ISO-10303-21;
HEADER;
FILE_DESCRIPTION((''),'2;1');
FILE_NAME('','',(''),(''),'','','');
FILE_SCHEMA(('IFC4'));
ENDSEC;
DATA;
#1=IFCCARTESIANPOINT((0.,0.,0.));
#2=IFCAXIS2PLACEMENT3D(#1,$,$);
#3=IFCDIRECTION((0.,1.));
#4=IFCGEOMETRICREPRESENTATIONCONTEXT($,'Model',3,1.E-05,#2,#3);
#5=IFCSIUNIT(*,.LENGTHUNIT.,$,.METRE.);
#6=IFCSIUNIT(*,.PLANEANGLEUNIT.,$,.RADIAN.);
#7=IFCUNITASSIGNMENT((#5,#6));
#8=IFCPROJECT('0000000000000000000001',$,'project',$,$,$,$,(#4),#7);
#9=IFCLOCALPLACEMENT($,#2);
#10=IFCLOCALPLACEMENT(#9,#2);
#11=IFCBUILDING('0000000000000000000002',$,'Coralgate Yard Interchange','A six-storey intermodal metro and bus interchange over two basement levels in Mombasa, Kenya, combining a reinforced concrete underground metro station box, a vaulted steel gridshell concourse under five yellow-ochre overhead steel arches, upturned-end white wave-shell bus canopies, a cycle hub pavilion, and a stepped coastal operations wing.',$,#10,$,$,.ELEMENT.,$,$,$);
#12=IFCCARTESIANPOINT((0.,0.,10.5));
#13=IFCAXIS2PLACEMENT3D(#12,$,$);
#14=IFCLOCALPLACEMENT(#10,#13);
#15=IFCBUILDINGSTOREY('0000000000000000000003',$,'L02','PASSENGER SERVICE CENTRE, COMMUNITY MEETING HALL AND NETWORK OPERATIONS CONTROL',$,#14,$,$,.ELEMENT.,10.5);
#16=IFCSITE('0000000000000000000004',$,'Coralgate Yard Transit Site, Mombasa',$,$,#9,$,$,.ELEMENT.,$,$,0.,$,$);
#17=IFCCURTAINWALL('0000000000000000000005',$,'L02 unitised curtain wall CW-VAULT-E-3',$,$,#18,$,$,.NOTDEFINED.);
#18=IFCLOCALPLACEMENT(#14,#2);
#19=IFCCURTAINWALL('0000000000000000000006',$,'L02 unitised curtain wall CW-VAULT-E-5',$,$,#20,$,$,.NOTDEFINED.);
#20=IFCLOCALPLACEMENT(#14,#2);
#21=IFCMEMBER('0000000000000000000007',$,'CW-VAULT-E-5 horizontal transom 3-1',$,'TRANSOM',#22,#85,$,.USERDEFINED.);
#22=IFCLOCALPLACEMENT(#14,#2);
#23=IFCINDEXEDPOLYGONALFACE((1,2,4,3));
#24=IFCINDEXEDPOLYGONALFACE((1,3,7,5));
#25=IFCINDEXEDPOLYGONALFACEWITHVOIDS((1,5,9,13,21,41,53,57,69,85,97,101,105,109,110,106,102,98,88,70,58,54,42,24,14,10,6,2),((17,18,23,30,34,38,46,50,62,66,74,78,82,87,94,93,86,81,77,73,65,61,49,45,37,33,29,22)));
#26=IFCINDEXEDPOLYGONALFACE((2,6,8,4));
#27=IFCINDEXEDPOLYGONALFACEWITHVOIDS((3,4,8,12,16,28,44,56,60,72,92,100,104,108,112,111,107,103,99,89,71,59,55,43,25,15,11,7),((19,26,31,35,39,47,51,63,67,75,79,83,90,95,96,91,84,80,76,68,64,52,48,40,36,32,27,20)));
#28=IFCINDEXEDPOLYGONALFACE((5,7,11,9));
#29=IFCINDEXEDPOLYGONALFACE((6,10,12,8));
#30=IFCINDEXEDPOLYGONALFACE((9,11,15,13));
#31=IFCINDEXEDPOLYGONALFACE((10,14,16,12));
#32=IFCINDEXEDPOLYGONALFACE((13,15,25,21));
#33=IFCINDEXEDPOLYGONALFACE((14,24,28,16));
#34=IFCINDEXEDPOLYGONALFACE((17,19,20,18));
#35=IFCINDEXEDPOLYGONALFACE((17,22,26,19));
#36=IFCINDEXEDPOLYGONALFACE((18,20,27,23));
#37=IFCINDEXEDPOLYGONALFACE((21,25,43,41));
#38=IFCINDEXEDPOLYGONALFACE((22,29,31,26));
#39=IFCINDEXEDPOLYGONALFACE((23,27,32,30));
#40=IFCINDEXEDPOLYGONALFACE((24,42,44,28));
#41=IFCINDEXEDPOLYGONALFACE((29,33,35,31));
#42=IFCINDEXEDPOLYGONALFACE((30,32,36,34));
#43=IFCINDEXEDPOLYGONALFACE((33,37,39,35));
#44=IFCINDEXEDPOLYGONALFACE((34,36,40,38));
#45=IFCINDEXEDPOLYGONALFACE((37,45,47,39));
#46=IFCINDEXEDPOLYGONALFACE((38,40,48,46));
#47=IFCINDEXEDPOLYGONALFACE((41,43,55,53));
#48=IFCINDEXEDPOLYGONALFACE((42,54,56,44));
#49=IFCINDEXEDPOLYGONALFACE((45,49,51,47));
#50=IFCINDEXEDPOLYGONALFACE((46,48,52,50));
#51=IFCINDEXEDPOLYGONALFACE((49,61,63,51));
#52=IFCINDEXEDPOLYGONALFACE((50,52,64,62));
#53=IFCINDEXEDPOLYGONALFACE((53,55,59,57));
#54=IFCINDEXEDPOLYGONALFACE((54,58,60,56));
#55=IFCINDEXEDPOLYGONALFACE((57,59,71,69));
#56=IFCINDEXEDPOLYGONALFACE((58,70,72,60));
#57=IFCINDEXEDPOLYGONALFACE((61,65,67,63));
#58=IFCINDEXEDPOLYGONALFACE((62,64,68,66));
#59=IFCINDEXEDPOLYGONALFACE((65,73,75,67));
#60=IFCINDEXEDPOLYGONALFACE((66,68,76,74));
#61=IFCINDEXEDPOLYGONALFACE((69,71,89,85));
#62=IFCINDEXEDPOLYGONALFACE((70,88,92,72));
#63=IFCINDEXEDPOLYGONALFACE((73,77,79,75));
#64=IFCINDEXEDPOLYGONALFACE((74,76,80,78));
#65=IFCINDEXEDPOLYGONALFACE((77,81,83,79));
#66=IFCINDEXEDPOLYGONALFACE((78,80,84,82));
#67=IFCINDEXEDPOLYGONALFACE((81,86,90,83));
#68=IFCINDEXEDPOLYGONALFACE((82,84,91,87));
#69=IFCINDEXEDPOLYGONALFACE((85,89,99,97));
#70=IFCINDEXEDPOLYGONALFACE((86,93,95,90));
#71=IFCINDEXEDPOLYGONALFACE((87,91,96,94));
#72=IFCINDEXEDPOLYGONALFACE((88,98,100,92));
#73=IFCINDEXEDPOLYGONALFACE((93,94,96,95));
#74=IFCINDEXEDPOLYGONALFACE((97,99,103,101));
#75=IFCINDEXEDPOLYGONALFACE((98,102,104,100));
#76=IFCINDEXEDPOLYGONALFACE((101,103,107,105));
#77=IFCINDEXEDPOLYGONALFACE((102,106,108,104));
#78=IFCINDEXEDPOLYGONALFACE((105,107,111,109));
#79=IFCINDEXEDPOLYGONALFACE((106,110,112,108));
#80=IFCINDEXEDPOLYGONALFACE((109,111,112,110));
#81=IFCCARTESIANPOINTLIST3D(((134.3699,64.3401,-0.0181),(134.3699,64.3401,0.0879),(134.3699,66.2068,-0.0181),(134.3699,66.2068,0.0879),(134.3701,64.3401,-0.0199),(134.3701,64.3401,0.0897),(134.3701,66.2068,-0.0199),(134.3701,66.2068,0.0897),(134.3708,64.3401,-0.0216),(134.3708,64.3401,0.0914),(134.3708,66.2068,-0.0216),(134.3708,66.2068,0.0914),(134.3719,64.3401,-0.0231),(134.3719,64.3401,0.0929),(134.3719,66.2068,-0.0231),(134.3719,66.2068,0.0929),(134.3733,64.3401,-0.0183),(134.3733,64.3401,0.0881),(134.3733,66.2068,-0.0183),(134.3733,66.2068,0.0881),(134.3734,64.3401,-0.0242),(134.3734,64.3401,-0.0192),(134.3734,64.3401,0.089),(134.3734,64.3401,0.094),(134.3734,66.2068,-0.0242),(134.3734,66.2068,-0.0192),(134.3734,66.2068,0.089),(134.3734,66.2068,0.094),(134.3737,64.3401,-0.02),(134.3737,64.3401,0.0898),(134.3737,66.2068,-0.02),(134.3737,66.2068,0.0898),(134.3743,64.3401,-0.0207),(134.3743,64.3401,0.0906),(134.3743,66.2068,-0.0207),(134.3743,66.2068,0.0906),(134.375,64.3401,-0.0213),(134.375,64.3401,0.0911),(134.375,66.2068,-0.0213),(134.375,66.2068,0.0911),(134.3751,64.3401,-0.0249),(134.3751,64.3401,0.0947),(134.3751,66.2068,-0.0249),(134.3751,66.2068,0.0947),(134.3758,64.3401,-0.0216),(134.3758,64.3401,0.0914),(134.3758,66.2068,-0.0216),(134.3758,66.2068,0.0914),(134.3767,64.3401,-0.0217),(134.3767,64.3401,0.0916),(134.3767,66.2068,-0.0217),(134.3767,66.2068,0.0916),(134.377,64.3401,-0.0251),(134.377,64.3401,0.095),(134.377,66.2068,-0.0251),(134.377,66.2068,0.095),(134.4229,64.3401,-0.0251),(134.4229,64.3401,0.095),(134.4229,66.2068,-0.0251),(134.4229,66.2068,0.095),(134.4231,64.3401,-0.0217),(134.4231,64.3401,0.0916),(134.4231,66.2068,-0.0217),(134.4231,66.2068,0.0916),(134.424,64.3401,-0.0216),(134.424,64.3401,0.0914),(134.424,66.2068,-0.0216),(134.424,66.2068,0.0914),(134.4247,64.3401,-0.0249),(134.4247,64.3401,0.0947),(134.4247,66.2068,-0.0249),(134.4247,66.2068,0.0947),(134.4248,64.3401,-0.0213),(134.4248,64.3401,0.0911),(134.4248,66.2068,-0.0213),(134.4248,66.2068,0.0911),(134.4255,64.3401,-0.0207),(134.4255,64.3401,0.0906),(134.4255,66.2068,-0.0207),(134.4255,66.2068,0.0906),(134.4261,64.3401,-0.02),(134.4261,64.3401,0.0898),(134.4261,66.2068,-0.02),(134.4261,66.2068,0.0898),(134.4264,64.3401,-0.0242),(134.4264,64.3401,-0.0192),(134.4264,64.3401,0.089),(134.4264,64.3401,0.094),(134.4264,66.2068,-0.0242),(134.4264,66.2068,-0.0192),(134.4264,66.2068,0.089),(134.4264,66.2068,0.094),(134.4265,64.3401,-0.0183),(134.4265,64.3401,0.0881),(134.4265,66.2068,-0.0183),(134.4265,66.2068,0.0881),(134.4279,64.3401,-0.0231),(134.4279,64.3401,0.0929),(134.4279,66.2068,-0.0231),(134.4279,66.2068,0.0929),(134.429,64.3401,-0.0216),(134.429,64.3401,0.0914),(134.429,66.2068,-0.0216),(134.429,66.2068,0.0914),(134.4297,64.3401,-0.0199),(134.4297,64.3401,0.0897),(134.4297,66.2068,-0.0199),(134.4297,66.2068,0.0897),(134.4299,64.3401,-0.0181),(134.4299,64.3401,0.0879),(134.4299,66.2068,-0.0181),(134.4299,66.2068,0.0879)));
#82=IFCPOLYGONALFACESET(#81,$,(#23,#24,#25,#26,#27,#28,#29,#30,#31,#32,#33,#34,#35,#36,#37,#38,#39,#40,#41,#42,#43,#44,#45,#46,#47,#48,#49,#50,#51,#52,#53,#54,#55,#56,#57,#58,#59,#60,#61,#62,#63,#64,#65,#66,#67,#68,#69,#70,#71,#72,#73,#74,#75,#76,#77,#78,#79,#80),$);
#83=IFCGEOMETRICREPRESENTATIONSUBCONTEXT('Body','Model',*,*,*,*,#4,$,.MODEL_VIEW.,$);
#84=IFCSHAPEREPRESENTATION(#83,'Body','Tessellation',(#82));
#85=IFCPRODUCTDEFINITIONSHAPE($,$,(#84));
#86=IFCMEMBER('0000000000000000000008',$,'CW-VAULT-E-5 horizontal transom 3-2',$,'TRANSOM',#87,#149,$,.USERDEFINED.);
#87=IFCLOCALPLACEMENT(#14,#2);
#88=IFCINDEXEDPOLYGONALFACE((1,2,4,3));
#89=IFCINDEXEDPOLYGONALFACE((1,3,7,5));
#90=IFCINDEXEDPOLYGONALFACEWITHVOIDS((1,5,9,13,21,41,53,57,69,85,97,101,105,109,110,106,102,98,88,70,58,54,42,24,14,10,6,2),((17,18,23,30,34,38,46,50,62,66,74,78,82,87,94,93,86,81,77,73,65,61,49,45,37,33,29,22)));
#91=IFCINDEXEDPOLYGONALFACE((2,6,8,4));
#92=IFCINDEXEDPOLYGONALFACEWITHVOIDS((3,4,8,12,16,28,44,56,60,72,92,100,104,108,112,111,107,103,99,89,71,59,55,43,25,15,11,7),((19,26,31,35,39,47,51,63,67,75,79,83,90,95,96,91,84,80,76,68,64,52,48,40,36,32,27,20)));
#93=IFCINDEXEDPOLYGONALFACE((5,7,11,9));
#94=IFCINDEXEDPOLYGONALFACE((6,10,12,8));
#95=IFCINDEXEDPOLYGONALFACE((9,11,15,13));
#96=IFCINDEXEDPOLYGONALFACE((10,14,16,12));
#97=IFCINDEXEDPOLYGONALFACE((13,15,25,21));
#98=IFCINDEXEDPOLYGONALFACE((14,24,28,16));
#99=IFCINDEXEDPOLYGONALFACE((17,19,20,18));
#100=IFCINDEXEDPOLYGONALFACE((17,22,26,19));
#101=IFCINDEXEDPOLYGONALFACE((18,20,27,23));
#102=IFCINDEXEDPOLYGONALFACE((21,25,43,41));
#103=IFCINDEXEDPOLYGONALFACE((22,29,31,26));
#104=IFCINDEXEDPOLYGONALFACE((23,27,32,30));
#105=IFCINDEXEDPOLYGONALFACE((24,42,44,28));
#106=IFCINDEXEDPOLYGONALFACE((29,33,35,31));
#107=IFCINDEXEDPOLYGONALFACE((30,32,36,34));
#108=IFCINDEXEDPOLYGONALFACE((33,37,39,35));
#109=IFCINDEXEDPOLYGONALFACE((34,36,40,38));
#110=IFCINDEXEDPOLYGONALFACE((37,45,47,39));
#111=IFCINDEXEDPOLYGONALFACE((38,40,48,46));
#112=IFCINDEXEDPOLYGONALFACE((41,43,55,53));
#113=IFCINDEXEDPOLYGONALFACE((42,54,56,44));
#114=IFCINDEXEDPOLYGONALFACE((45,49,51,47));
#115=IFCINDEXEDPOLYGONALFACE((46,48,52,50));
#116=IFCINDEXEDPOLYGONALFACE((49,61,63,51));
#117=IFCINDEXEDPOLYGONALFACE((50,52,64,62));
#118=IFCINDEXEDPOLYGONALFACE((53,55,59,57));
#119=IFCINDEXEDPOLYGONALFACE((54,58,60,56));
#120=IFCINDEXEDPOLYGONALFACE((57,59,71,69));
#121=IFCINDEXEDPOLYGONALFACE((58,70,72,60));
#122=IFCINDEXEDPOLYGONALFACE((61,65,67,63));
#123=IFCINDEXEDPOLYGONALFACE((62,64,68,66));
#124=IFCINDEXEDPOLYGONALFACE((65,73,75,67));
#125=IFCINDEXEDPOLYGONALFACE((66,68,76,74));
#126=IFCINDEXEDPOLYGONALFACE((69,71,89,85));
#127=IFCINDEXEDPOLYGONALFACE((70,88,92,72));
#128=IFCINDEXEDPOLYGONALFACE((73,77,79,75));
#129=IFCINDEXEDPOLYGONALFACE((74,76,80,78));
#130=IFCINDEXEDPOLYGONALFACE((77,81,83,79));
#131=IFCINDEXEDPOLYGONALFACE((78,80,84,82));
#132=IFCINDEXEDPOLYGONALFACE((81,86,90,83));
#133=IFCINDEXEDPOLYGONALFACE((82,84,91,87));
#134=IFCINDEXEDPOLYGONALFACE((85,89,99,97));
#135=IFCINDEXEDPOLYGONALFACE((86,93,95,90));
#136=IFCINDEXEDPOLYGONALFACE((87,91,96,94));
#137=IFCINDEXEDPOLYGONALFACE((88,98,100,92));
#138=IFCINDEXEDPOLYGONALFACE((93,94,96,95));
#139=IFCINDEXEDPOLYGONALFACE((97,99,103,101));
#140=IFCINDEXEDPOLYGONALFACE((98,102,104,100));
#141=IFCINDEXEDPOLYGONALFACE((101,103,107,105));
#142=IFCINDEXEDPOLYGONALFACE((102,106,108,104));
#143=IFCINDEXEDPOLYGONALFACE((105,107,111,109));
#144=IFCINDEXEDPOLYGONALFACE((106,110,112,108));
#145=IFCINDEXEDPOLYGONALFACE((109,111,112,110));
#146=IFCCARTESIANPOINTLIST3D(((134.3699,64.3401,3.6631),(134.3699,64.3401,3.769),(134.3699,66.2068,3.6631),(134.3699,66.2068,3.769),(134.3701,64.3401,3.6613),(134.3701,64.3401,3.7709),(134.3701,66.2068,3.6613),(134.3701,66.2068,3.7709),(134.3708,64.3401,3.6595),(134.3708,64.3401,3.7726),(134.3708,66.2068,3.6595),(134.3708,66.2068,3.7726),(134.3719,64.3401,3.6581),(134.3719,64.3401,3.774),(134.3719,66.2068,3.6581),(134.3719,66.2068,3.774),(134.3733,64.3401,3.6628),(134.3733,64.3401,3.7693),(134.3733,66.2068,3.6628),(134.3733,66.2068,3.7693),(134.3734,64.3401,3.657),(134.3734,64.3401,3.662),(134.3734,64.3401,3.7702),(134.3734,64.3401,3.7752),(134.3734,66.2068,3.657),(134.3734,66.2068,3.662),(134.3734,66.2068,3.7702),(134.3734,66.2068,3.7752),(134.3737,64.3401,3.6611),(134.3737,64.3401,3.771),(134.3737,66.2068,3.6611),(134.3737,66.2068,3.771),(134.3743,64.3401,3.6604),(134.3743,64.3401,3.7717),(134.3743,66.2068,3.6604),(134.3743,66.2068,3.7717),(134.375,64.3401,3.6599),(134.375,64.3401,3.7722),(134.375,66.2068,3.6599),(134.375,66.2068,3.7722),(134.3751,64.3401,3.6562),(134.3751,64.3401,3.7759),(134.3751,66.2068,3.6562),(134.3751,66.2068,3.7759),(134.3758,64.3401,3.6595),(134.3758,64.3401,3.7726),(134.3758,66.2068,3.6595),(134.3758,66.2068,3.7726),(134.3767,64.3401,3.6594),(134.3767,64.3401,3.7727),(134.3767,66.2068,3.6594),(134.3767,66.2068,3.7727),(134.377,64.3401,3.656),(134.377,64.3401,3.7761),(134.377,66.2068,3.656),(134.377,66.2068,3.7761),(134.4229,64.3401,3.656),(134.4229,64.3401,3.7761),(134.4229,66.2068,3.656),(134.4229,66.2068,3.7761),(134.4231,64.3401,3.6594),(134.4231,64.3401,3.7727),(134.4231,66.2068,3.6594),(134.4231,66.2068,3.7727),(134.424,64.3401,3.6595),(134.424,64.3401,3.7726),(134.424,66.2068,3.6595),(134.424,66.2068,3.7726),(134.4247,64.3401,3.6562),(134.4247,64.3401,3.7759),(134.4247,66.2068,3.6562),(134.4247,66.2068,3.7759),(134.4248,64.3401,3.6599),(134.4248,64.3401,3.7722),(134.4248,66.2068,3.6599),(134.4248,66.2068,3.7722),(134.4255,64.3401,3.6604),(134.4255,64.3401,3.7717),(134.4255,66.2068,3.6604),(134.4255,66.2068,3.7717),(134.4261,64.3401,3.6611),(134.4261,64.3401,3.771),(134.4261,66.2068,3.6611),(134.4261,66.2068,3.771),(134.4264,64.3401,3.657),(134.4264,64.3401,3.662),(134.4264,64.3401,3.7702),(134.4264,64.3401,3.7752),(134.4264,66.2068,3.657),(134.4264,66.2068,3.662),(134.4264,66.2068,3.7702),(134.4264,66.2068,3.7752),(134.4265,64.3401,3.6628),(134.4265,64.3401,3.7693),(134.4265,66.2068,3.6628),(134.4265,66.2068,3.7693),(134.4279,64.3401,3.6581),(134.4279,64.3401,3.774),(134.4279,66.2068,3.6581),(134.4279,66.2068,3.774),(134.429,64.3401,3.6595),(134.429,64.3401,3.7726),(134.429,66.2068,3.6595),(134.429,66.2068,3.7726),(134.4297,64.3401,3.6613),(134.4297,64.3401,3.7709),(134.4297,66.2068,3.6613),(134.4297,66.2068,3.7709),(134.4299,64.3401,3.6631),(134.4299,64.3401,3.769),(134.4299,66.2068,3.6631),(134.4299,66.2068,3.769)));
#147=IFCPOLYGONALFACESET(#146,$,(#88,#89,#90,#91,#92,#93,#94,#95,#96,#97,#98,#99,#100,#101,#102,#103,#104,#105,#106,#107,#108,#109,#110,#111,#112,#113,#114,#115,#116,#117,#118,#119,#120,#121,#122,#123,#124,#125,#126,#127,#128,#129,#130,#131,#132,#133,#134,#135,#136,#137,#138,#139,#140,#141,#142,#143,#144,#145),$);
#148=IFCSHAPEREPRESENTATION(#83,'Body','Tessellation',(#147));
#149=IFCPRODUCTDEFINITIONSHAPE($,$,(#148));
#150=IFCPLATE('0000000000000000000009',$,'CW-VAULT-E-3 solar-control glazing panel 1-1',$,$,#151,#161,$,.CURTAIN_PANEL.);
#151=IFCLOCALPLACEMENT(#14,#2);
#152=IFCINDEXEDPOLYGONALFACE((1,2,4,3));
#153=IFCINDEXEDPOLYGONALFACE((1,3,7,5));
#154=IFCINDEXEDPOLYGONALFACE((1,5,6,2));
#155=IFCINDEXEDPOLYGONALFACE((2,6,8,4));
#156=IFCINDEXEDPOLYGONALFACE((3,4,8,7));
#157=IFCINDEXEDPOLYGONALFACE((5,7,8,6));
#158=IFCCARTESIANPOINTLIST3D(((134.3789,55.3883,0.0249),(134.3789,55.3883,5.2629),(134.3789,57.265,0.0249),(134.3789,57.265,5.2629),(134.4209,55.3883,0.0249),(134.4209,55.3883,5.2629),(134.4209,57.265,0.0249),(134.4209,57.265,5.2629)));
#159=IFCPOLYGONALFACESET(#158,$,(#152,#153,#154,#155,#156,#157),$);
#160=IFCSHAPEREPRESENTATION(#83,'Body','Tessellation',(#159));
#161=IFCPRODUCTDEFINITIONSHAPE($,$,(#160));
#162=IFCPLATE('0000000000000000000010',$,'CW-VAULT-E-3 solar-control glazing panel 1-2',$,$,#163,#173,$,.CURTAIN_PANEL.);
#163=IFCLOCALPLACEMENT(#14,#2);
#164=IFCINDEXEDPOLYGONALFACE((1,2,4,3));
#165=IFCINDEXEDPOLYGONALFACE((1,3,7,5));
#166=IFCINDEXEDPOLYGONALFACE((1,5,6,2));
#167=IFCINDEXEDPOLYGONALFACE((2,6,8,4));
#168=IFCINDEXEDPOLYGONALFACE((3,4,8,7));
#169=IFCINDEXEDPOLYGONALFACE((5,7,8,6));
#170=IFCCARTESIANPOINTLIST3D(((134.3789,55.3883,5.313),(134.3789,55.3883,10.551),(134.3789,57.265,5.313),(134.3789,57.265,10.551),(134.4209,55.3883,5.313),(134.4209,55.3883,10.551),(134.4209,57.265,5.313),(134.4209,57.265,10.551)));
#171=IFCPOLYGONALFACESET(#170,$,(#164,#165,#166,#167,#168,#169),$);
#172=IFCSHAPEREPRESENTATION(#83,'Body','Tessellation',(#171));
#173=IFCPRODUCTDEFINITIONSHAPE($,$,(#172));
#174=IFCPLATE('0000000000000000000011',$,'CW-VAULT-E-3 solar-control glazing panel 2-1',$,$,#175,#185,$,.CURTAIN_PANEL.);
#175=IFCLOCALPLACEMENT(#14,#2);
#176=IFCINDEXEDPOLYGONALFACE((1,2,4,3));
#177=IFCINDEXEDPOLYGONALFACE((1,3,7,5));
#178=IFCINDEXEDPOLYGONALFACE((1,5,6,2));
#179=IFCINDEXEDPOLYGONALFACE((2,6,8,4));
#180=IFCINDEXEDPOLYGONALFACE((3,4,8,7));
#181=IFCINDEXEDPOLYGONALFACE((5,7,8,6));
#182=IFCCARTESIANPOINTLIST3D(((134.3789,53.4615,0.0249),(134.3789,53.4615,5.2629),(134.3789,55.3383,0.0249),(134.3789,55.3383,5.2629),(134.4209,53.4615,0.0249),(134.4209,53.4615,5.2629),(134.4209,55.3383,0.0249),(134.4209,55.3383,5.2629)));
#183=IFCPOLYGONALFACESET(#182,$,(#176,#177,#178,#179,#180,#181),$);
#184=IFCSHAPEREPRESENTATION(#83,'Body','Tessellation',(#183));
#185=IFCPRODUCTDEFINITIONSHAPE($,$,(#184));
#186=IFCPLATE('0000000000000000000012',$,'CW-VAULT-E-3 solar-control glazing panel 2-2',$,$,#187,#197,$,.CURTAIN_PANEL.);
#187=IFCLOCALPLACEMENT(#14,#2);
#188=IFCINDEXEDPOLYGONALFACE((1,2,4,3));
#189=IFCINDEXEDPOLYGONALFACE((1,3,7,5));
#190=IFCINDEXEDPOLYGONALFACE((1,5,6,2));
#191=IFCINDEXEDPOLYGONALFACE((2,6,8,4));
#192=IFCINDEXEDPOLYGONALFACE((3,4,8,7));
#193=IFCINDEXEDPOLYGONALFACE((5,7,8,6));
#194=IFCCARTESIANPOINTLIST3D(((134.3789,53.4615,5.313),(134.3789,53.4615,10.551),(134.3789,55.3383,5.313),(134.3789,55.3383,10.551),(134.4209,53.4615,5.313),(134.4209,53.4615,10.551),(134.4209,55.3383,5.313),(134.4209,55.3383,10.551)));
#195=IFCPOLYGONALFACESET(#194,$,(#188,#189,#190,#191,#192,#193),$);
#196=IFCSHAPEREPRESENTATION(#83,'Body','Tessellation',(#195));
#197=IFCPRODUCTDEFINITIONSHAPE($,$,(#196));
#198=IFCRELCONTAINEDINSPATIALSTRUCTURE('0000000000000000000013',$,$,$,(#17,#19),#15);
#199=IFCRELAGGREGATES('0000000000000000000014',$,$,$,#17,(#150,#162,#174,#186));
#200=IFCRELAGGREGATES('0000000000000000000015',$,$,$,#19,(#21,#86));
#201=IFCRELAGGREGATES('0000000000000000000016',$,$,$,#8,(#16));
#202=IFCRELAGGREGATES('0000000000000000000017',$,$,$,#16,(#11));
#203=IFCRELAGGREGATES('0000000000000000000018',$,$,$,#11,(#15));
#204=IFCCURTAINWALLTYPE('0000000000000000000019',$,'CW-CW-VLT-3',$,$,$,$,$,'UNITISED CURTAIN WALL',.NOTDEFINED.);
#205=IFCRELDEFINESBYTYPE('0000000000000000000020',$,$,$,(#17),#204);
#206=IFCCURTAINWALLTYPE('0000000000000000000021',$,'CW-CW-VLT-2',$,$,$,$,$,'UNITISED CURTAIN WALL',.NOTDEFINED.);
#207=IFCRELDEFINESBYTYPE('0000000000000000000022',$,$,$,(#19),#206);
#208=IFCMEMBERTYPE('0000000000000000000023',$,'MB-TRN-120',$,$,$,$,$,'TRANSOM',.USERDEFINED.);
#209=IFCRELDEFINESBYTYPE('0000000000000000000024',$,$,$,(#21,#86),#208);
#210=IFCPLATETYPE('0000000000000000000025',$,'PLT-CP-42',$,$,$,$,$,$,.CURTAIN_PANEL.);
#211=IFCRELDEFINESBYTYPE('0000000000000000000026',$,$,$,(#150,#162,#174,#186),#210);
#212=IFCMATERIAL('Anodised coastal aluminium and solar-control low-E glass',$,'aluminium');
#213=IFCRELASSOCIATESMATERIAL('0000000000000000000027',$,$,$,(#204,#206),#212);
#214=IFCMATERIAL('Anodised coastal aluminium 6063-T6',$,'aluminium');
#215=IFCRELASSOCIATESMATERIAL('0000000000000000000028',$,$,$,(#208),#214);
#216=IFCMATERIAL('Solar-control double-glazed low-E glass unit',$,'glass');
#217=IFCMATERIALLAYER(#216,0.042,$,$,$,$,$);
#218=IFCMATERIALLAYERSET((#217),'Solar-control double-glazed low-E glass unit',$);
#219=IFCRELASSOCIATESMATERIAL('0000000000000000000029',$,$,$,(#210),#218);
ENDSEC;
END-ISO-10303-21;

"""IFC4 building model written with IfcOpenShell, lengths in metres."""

from ifc_helpers import new_model, si_unit, direction, frame, origin, origin_2d, place, context, subcontext, project, spatial, rectangle, hollow_rectangle, extrude, material, layer, layer_set, material_profile, profile_set, type_object, element, aggregate, save


model = new_model("IFC4")

# Units and contexts
model_context = context("Model", 3, precision=1e-05, world=origin(), true_north=direction((0.0, 1.0)))
body_context = subcontext(model_context, "Body", "Model", "MODEL_VIEW")
ifc_project = project(units=[si_unit("LENGTHUNIT", "METRE"), si_unit("PLANEANGLEUNIT", "RADIAN")], contexts=[model_context])

# Site, building, storey
site_placement = place(None, origin())
site = spatial("IfcSite", under=ifc_project, at=site_placement, Name="Coralgate Yard Transit Site, Mombasa", CompositionType="ELEMENT", RefElevation=0.0)
building_placement = place(site_placement, origin())
building = spatial("IfcBuilding", under=site, at=building_placement, Name="Coralgate Yard Interchange", Description="A six-storey intermodal metro and bus interchange over two basement levels in Mombasa, Kenya, combining a reinforced concrete underground metro station box, a vaulted steel gridshell concourse under five yellow-ochre overhead steel arches, upturned-end white wave-shell bus canopies, a cycle hub pavilion, and a stepped coastal operations wing.", CompositionType="ELEMENT")
storey_placement = place(building_placement, frame((0.0, 0.0, 10.5)))
storey = spatial("IfcBuildingStorey", under=building, at=storey_placement, Name="L02", Description="PASSENGER SERVICE CENTRE, COMMUNITY MEETING HALL AND NETWORK OPERATIONS CONTROL", CompositionType="ELEMENT", Elevation=10.5)

# Curtain walls
ifc_material_1 = material(Name="Anodised coastal aluminium and solar-control low-E glass", Category="aluminium")
curtain_wall_type_1 = type_object("IfcCurtainWallType", Name="CW-CW-VLT-3", ElementType="UNITISED CURTAIN WALL", PredefinedType="NOTDEFINED", material=ifc_material_1)
curtain_wall_1_placement = place(storey_placement, origin())
curtain_wall_1 = element("IfcCurtainWall", 1, at=curtain_wall_1_placement, inside=storey, type_object=curtain_wall_type_1, Name="L02 unitised curtain wall CW-VAULT-E-3", PredefinedType="NOTDEFINED")
ifc_material_2 = material(Name="Anodised coastal aluminium 6063-T6", Category="aluminium")
curtain_wall_type_2 = type_object("IfcCurtainWallType", Name="CW-CW-VLT-2", ElementType="UNITISED CURTAIN WALL", PredefinedType="NOTDEFINED", material=ifc_material_1)
curtain_wall_2_placement = place(storey_placement, origin())
curtain_wall_2 = element("IfcCurtainWall", 2, at=curtain_wall_2_placement, inside=storey, type_object=curtain_wall_type_2, Name="L02 unitised curtain wall CW-VAULT-E-5", PredefinedType="NOTDEFINED")

# Members
ifc_material_profile_1 = material_profile(ifc_material_2, hollow_rectangle(XDim=0.0601, YDim=0.1201, WallThickness=0.0034, InnerFilletRadius=0.0034, OuterFilletRadius=0.0071, at=origin_2d()), Name="ALU 60x120x3.5")
ifc_profile_set_1 = profile_set([ifc_material_profile_1], Name="Anodised coastal aluminium 6063-T6")
member_type_1 = type_object("IfcMemberType", Name="MB-TRN-120", ElementType="TRANSOM", PredefinedType="USERDEFINED", material=ifc_profile_set_1)
member_1_placement = place(storey_placement, frame((134.3999, 66.2068, 0.0349), z_axis=(0.0, -1.0, 0.0), x_axis=(1.0, 0.0, 0.0)))
member_1 = element("IfcMember", 3, at=member_1_placement, type_object=member_type_1, Name="CW-VAULT-E-5 horizontal transom 3-1", ObjectType="TRANSOM", PredefinedType="USERDEFINED", context=body_context, shape_type="SweptSolid", body=[
    extrude(hollow_rectangle(XDim=0.0601, YDim=0.1201, WallThickness=0.0034, InnerFilletRadius=0.0034, OuterFilletRadius=0.0071, at=origin_2d()), origin(), (0.0, 0.0, 1.0), 1.8667),
])
member_2_placement = place(storey_placement, frame((134.3999, 66.2068, 3.7161), z_axis=(0.0, -1.0, 0.0), x_axis=(1.0, 0.0, 0.0)))
member_2 = element("IfcMember", 4, at=member_2_placement, type_object=member_type_1, Name="CW-VAULT-E-5 horizontal transom 3-2", ObjectType="TRANSOM", PredefinedType="USERDEFINED", context=body_context, shape_type="SweptSolid", body=[
    extrude(hollow_rectangle(XDim=0.0601, YDim=0.1201, WallThickness=0.0034, InnerFilletRadius=0.0034, OuterFilletRadius=0.0071, at=origin_2d()), origin(), (0.0, 0.0, 1.0), 1.8667),
])

# Plates
ifc_material_3 = material(Name="Solar-control double-glazed low-E glass unit", Category="glass")
ifc_layer = layer(ifc_material_3, 0.042)
ifc_layer_set = layer_set([ifc_layer], Name="Solar-control double-glazed low-E glass unit")
plate_type = type_object("IfcPlateType", Name="PLT-CP-42", PredefinedType="CURTAIN_PANEL", material=ifc_layer_set)
plate_1_placement = place(storey_placement, frame((134.3999, 56.3267, 0.0249), z_axis=(0.0, 0.0, 1.0), x_axis=(0.0, -1.0, 0.0)))
plate_1 = element("IfcPlate", 5, at=plate_1_placement, type_object=plate_type, Name="CW-VAULT-E-3 solar-control glazing panel 1-1", PredefinedType="CURTAIN_PANEL", context=body_context, shape_type="SweptSolid", body=[
    extrude(rectangle(XDim=1.8767, YDim=0.042, at=origin_2d()), origin(), (0.0, 0.0, 1.0), 5.238),
])
plate_2_placement = place(storey_placement, frame((134.3999, 56.3267, 5.313), z_axis=(0.0, 0.0, 1.0), x_axis=(0.0, -1.0, 0.0)))
plate_2 = element("IfcPlate", 6, at=plate_2_placement, type_object=plate_type, Name="CW-VAULT-E-3 solar-control glazing panel 1-2", PredefinedType="CURTAIN_PANEL", context=body_context, shape_type="SweptSolid", body=[
    extrude(rectangle(XDim=1.8767, YDim=0.042, at=origin_2d()), origin(), (0.0, 0.0, 1.0), 5.238),
])
plate_3_placement = place(storey_placement, frame((134.3999, 54.3999, 0.0249), z_axis=(0.0, 0.0, 1.0), x_axis=(0.0, -1.0, 0.0)))
plate_3 = element("IfcPlate", 7, at=plate_3_placement, type_object=plate_type, Name="CW-VAULT-E-3 solar-control glazing panel 2-1", PredefinedType="CURTAIN_PANEL", context=body_context, shape_type="SweptSolid", body=[
    extrude(rectangle(XDim=1.8767, YDim=0.042, at=origin_2d()), origin(), (0.0, 0.0, 1.0), 5.238),
])
plate_4_placement = place(storey_placement, frame((134.3999, 54.3999, 5.313), z_axis=(0.0, 0.0, 1.0), x_axis=(0.0, -1.0, 0.0)))
plate_4 = element("IfcPlate", 8, at=plate_4_placement, type_object=plate_type, Name="CW-VAULT-E-3 solar-control glazing panel 2-2", PredefinedType="CURTAIN_PANEL", context=body_context, shape_type="SweptSolid", body=[
    extrude(rectangle(XDim=1.8767, YDim=0.042, at=origin_2d()), origin(), (0.0, 0.0, 1.0), 5.238),
])
aggregate(curtain_wall_1, [plate_1, plate_2, plate_3, plate_4])
aggregate(curtain_wall_2, [member_1, member_2])

save(model, "model.ifc")
